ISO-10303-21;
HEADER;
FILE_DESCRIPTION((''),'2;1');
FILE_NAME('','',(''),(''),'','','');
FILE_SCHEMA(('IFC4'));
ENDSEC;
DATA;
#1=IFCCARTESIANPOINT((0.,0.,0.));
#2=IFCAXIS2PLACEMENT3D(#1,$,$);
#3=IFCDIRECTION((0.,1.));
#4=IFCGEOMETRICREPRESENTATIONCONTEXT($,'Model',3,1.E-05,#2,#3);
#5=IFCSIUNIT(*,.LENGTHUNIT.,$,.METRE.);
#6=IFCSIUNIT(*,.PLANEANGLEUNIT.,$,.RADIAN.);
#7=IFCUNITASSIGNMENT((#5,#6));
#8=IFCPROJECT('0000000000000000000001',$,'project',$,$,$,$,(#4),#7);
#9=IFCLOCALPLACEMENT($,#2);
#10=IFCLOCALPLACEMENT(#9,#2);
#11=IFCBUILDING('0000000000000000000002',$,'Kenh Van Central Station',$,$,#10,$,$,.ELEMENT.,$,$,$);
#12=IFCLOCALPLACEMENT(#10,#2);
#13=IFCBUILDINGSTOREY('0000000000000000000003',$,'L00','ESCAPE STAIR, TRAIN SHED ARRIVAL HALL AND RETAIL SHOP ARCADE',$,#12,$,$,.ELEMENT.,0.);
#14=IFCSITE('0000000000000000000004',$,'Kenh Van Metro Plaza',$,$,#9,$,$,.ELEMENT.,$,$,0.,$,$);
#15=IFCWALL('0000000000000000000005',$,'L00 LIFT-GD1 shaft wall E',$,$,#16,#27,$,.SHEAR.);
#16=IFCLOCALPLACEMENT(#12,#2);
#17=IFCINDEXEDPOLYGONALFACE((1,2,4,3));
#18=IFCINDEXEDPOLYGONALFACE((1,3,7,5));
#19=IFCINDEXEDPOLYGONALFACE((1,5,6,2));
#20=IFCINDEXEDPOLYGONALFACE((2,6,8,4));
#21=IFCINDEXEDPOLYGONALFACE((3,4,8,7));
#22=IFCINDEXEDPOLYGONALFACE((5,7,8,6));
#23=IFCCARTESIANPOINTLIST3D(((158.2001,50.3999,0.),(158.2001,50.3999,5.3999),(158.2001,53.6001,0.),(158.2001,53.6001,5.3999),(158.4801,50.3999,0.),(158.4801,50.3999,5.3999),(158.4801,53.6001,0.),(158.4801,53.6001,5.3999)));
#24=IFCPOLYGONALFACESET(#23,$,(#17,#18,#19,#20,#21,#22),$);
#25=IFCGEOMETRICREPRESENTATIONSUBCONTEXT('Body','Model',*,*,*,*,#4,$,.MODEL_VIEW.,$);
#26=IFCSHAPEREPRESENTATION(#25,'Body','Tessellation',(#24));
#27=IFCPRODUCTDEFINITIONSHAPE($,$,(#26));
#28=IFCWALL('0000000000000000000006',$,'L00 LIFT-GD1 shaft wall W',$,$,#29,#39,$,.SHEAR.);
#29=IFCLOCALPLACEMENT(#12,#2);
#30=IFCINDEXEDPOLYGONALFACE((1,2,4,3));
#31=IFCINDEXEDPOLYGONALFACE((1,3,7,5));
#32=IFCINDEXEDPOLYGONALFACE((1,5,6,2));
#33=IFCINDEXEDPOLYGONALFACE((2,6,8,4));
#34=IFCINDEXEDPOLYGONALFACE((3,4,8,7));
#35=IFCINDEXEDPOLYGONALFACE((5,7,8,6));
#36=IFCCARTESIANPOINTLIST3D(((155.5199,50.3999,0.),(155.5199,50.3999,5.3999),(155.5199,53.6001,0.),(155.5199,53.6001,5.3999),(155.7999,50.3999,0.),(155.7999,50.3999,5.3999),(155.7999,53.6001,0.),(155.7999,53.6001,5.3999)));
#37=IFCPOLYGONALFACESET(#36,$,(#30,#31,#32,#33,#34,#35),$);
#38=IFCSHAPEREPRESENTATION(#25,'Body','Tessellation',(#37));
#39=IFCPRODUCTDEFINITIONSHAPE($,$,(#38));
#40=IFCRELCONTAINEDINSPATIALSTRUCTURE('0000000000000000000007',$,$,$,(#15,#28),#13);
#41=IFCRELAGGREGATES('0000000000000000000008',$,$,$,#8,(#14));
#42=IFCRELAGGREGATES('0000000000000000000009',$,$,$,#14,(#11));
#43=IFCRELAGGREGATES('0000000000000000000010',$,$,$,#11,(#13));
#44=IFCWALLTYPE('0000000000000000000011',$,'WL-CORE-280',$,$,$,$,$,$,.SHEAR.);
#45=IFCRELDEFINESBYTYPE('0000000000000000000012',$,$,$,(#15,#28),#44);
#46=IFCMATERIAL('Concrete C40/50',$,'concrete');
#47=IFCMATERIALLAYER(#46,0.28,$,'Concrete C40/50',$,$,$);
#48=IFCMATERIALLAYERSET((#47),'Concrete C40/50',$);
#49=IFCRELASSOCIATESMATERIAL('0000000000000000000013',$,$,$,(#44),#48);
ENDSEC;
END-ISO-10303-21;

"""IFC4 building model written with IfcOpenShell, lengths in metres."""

from ifc_helpers import new_model, si_unit, direction, frame, frame_2d, origin, place, context, subcontext, project, spatial, rectangle, extrude, material, layer, layer_set, type_object, element, save


model = new_model("IFC4")

# Units and contexts
model_context = context("Model", 3, precision=1e-05, world=origin(), true_north=direction((0.0, 1.0)))
body_context = subcontext(model_context, "Body", "Model", "MODEL_VIEW")
ifc_project = project(units=[si_unit("LENGTHUNIT", "METRE"), si_unit("PLANEANGLEUNIT", "RADIAN")], contexts=[model_context])

# Site, building, storey
site_placement = place(None, origin())
site = spatial("IfcSite", under=ifc_project, at=site_placement, Name="Kenh Van Metro Plaza", CompositionType="ELEMENT", RefElevation=0.0)
building_placement = place(site_placement, origin())
building = spatial("IfcBuilding", under=site, at=building_placement, Name="Kenh Van Central Station", CompositionType="ELEMENT")
storey_placement = place(building_placement, origin())
storey = spatial("IfcBuildingStorey", under=building, at=storey_placement, Name="L00", Description="ESCAPE STAIR, TRAIN SHED ARRIVAL HALL AND RETAIL SHOP ARCADE", CompositionType="ELEMENT", Elevation=0.0)

# Shared definitions
ifc_material_1 = material(Name="Concrete C40/50", Category="concrete")

# Shared definitions
ifc_layer_1 = layer(ifc_material_1, 0.28, Name="Concrete C40/50")
ifc_layer_set_1 = layer_set([ifc_layer_1], Name="Concrete C40/50")
wall_type_1 = type_object("IfcWallType", Name="WL-CORE-280", PredefinedType="SHEAR", material=ifc_layer_set_1)

# Walls
for number, where, z_axis, x_axis, name in (
    (1, (158.3401, 50.3999, 0.0), (0.0, 0.0, 1.0), (0.0, 1.0, 0.0), "L00 LIFT-GD1 shaft wall E"),
    (2, (155.6599, 50.3999, 0.0), (0.0, 0.0, 1.0), (0.0, 1.0, 0.0), "L00 LIFT-GD1 shaft wall W"),
):
    element("IfcWall", number, at=place(storey_placement, frame(where, z_axis=z_axis, x_axis=x_axis)), inside=storey, type_object=wall_type_1, Name=name, PredefinedType="SHEAR", context=body_context, shape_type="SweptSolid", body=[
        extrude(rectangle(XDim=3.2002, YDim=0.28, at=frame_2d((1.6001, 0.0))), origin(), (0.0, 0.0, 1.0), 5.3999),
    ])

save(model, "model.ifc")
